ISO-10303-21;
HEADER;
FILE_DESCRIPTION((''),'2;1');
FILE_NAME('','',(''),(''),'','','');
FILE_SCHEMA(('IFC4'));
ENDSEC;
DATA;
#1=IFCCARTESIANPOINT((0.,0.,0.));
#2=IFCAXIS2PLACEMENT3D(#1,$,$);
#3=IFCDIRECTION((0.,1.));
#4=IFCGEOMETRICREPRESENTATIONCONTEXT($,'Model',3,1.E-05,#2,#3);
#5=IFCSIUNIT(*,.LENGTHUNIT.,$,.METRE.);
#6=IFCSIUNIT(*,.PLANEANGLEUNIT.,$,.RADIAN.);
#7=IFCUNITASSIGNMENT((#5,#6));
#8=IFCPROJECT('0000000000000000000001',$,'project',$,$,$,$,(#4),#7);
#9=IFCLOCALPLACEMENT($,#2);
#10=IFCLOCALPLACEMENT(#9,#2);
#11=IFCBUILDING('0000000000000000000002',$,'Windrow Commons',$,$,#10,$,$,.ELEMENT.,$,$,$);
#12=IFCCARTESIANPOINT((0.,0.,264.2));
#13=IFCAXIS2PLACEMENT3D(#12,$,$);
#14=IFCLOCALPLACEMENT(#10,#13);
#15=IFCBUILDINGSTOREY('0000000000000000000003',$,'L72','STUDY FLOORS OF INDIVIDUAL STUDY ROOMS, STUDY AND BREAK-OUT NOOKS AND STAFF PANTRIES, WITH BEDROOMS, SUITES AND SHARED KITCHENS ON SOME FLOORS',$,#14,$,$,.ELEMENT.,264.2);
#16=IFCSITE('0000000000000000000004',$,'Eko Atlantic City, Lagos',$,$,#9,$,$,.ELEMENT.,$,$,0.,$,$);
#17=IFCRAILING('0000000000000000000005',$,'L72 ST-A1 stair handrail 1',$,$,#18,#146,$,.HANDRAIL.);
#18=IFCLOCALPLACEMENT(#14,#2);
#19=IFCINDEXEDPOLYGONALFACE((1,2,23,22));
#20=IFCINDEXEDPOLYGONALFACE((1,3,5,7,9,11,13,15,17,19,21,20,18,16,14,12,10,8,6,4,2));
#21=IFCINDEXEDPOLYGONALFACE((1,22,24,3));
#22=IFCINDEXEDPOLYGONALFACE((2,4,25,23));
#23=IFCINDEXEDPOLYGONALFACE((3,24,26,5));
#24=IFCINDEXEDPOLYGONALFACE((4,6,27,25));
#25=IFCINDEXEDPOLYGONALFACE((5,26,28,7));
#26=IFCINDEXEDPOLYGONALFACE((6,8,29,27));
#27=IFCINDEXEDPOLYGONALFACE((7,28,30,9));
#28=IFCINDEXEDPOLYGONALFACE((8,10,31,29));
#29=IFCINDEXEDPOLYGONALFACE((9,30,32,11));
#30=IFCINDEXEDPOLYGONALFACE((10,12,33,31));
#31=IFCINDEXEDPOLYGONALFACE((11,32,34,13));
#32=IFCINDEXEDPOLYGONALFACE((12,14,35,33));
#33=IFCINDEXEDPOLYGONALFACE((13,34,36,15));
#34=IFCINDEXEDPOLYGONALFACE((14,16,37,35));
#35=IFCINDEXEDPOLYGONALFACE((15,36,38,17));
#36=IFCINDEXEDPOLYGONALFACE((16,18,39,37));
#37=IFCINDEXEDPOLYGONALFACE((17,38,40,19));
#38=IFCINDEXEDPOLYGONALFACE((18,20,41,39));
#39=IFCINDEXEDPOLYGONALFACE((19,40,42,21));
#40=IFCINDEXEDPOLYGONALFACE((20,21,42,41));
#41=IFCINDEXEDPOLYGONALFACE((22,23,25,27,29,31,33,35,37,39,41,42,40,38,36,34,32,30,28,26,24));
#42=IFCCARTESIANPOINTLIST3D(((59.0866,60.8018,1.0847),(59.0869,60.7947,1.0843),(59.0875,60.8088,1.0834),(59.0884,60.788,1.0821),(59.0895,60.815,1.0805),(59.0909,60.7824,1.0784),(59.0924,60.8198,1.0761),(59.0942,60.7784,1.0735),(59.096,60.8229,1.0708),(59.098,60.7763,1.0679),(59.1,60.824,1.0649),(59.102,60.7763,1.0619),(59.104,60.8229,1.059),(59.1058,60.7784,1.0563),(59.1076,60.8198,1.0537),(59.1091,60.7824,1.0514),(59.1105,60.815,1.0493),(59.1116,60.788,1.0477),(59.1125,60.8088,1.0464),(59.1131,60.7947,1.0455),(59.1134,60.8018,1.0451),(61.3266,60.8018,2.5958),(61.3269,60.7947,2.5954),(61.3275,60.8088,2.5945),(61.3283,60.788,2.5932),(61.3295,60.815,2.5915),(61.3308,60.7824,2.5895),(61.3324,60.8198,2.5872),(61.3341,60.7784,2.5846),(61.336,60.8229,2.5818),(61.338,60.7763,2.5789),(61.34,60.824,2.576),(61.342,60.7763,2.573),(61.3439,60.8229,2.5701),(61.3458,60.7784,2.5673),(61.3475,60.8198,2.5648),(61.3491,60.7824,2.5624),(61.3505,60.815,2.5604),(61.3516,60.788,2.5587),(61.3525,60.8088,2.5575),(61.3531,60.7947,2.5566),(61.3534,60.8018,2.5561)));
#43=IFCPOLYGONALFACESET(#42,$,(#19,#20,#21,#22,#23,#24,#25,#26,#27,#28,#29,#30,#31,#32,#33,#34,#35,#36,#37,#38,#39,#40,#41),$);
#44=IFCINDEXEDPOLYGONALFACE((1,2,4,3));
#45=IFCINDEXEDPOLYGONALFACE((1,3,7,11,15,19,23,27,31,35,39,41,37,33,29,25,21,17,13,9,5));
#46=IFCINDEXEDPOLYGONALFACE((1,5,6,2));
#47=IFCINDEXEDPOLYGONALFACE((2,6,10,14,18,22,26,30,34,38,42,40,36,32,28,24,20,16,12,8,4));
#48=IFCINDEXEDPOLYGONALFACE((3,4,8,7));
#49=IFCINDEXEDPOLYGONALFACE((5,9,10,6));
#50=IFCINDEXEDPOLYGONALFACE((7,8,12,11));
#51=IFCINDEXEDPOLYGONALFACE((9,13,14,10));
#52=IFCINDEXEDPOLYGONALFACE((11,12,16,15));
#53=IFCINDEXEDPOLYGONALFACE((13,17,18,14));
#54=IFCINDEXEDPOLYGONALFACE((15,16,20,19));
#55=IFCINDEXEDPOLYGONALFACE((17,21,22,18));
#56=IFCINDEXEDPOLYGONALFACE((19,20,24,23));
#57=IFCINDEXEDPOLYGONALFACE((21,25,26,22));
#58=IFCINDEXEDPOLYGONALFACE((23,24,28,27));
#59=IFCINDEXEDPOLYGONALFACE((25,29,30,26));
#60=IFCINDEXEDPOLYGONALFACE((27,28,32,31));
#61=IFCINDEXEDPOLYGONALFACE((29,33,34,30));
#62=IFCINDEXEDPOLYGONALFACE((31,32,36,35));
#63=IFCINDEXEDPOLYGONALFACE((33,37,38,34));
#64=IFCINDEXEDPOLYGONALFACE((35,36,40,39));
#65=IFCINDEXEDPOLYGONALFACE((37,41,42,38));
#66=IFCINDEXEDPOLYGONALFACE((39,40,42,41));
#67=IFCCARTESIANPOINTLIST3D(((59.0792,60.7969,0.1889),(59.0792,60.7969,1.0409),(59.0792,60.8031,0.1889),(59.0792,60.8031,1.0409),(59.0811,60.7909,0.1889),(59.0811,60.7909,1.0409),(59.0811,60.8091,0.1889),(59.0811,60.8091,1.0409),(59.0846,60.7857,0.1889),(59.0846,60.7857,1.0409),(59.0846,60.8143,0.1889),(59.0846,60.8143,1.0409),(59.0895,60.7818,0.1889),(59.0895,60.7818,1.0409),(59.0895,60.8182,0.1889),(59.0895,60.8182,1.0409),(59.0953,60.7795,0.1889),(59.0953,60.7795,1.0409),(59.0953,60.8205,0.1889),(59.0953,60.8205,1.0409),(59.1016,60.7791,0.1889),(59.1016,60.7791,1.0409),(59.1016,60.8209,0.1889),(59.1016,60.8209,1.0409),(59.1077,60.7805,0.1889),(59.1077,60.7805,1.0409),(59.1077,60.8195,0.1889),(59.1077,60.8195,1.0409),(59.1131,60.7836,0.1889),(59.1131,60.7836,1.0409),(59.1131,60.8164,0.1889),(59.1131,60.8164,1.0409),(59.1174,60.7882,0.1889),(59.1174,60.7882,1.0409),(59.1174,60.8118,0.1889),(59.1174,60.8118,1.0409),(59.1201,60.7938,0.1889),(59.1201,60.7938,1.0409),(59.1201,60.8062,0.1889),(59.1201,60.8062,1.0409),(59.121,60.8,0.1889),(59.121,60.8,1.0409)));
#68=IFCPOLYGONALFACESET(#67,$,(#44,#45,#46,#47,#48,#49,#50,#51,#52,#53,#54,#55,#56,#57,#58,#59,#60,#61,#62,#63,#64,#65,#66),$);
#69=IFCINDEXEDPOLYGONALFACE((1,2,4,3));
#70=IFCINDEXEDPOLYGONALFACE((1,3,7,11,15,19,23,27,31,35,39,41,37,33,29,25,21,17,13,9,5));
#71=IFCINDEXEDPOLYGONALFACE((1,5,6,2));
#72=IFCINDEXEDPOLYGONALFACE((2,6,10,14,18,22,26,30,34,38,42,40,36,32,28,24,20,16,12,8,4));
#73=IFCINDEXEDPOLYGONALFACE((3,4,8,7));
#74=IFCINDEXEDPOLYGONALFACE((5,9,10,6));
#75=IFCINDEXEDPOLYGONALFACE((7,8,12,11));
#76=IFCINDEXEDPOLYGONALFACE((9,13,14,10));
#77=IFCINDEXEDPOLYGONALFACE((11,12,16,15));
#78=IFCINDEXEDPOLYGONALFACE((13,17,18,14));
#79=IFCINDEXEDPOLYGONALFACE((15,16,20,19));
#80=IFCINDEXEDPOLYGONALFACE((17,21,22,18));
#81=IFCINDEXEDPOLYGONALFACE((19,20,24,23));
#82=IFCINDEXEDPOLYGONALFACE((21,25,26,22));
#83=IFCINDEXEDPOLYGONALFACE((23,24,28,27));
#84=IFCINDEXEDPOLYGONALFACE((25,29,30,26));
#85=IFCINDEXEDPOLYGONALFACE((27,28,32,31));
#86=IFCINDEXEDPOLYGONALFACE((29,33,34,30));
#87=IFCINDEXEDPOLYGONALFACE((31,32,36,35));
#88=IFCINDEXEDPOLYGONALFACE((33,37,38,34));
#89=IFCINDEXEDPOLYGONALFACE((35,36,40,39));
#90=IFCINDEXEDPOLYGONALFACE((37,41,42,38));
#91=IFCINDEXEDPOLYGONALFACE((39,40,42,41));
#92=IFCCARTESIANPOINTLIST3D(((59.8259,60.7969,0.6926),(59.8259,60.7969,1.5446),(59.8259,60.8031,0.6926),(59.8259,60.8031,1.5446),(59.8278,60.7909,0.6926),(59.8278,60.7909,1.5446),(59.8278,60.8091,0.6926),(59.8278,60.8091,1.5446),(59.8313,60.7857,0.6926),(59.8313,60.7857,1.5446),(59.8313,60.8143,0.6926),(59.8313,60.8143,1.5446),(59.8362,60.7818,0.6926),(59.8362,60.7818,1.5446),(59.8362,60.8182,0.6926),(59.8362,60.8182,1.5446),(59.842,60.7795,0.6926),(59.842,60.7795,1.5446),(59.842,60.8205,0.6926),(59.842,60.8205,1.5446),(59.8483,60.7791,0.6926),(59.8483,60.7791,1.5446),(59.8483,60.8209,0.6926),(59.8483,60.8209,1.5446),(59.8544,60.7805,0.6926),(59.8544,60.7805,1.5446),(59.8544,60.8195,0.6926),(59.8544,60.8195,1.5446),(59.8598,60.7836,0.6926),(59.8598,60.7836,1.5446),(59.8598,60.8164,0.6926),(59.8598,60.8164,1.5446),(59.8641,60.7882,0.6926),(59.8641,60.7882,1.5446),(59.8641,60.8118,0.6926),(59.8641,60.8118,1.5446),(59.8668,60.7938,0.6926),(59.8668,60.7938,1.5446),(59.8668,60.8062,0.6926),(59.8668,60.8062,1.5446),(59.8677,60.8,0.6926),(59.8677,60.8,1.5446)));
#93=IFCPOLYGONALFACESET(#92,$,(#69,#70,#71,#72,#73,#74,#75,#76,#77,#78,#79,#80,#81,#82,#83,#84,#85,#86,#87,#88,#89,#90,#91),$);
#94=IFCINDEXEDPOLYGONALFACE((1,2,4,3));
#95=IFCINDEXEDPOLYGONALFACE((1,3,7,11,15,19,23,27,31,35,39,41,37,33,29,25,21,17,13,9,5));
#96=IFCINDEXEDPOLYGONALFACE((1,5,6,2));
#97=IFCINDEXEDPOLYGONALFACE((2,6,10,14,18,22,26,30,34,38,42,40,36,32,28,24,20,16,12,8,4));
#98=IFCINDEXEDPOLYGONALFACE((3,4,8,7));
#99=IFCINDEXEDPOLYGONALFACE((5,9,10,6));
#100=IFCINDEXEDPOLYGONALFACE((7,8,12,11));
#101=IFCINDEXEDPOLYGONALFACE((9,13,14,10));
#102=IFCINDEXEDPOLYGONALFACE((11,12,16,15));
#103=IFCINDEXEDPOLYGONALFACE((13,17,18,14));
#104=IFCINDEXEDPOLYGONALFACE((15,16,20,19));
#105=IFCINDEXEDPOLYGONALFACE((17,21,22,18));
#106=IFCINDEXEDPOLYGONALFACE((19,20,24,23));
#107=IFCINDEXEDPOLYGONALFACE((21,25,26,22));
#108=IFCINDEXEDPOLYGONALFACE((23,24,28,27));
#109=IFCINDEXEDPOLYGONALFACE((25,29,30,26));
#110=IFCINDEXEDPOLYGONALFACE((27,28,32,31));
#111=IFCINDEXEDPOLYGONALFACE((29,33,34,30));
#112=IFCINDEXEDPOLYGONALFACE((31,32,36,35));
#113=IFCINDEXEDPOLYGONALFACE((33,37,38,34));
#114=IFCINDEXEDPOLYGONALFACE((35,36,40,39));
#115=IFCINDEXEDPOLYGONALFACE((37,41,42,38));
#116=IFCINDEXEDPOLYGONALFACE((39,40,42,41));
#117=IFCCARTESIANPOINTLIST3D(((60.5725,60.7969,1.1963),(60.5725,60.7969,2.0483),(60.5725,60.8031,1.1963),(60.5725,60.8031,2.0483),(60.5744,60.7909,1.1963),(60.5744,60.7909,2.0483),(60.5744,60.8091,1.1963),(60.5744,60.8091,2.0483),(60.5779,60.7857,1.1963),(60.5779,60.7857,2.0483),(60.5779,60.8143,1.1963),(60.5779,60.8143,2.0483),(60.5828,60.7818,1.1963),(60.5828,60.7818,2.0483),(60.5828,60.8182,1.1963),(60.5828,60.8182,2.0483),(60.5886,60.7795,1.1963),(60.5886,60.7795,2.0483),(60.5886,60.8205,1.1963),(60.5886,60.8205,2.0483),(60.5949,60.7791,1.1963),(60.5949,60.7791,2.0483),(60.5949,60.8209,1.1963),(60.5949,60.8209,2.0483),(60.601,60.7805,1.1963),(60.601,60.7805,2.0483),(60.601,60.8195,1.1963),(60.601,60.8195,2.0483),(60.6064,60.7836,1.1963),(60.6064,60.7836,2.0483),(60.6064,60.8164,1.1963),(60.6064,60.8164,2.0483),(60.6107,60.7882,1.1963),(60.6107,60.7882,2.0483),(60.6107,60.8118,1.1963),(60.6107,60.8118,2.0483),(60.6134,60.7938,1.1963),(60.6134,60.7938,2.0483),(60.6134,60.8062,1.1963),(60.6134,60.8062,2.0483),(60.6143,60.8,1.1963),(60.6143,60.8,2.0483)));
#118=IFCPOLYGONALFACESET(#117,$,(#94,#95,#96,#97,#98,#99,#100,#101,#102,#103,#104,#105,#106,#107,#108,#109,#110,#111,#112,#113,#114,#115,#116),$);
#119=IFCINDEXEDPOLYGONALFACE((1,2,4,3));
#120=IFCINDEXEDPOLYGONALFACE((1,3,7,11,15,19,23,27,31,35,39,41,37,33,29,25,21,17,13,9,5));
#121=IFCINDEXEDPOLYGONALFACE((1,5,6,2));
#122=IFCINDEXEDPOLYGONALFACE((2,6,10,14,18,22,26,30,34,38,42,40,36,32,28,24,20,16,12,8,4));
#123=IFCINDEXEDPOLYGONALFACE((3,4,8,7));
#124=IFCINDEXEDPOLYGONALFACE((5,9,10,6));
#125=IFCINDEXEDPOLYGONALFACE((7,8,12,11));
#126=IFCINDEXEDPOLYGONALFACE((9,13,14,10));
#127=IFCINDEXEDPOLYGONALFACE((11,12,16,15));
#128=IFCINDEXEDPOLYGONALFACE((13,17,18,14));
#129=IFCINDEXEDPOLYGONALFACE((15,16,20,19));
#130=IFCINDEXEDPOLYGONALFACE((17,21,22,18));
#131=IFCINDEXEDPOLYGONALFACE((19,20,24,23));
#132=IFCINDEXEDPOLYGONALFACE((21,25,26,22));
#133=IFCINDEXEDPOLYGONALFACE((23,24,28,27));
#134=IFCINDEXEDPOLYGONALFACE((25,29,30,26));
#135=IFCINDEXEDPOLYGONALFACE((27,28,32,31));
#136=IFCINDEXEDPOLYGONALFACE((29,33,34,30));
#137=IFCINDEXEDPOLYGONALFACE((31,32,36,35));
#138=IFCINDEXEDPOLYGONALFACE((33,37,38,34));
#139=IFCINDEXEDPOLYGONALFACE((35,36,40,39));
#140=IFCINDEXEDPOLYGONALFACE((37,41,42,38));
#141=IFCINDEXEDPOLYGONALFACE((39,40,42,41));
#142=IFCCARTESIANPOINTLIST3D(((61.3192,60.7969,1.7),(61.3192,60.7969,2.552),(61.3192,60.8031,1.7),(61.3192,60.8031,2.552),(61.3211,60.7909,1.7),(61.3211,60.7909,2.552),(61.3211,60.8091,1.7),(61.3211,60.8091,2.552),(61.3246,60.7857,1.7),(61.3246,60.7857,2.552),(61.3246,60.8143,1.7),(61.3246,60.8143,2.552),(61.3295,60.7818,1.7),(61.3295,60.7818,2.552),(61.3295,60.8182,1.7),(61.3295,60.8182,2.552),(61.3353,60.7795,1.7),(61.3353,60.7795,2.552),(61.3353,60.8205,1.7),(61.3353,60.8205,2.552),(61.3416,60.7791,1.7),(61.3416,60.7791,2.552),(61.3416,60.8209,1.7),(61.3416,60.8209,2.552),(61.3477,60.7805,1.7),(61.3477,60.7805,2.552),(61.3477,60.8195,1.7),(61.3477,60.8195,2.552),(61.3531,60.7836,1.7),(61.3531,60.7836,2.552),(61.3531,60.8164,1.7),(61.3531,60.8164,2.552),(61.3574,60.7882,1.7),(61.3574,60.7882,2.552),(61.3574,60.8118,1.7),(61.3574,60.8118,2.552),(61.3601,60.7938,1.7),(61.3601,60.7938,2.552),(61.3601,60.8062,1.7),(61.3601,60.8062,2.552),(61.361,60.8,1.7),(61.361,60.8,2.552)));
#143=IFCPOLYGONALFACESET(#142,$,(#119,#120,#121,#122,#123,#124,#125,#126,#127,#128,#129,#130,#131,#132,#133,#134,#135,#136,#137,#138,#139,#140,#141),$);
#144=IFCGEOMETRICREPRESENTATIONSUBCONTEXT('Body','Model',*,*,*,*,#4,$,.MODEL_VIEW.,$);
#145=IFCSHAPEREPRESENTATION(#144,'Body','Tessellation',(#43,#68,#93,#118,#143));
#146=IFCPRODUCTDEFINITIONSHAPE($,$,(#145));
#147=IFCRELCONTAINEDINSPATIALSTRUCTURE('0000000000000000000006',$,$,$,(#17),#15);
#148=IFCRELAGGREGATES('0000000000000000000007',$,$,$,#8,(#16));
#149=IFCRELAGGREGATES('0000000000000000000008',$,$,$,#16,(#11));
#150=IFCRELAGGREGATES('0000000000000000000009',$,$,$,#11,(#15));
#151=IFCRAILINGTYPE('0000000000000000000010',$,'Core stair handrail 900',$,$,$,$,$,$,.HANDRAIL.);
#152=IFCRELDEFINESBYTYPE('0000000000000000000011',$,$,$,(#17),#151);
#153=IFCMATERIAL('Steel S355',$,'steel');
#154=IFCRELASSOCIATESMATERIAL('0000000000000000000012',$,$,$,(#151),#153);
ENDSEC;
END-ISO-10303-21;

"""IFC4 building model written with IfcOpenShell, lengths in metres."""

from ifc_helpers import new_model, si_unit, direction, frame, origin, origin_2d, place, context, subcontext, project, spatial, circle, extrude, material, type_object, element, save


model = new_model("IFC4")

# Units and contexts
model_context = context("Model", 3, precision=1e-05, world=origin(), true_north=direction((0.0, 1.0)))
body_context = subcontext(model_context, "Body", "Model", "MODEL_VIEW")
ifc_project = project(units=[si_unit("LENGTHUNIT", "METRE"), si_unit("PLANEANGLEUNIT", "RADIAN")], contexts=[model_context])

# Site, building, storey
site_placement = place(None, origin())
site = spatial("IfcSite", under=ifc_project, at=site_placement, Name="Eko Atlantic City, Lagos", CompositionType="ELEMENT", RefElevation=0.0)
building_placement = place(site_placement, origin())
building = spatial("IfcBuilding", under=site, at=building_placement, Name="Windrow Commons", CompositionType="ELEMENT")
storey_placement = place(building_placement, frame((0.0, 0.0, 264.2)))
storey = spatial("IfcBuildingStorey", under=building, at=storey_placement, Name="L72", Description="STUDY FLOORS OF INDIVIDUAL STUDY ROOMS, STUDY AND BREAK-OUT NOOKS AND STAFF PANTRIES, WITH BEDROOMS, SUITES AND SHARED KITCHENS ON SOME FLOORS", CompositionType="ELEMENT", Elevation=264.2)

# Railing
ifc_material_1 = material(Name="Steel S355", Category="steel")
railing_type = type_object("IfcRailingType", Name="Core stair handrail 900", PredefinedType="HANDRAIL", material=ifc_material_1)
railing_placement = place(storey_placement, frame((59.1, 60.8, 0.1889)))
element("IfcRailing", 1, at=railing_placement, inside=storey, type_object=railing_type, Name="L72 ST-A1 stair handrail 1", PredefinedType="HANDRAIL", context=body_context, shape_type="SweptSolid", body=[
    extrude(circle(Radius=0.024, at=origin_2d()), frame((0.0, 0.0, 0.876), z_axis=(0.829003, 0.0, 0.559244), x_axis=(0.0, 1.0, 0.0)), (0.0, 0.0, 1.0), 2.702),
    extrude(circle(Radius=0.021, at=origin_2d()), origin(), (0.0, 0.0, 1.0), 0.852),
    extrude(circle(Radius=0.021, at=origin_2d()), frame((0.7467, 0.0, 0.5037)), (0.0, 0.0, 1.0), 0.852),
    extrude(circle(Radius=0.021, at=origin_2d()), frame((1.4933, 0.0, 1.0074)), (0.0, 0.0, 1.0), 0.852),
    extrude(circle(Radius=0.021, at=origin_2d()), frame((2.24, 0.0, 1.5111)), (0.0, 0.0, 1.0), 0.852),
])

save(model, "model.ifc")
